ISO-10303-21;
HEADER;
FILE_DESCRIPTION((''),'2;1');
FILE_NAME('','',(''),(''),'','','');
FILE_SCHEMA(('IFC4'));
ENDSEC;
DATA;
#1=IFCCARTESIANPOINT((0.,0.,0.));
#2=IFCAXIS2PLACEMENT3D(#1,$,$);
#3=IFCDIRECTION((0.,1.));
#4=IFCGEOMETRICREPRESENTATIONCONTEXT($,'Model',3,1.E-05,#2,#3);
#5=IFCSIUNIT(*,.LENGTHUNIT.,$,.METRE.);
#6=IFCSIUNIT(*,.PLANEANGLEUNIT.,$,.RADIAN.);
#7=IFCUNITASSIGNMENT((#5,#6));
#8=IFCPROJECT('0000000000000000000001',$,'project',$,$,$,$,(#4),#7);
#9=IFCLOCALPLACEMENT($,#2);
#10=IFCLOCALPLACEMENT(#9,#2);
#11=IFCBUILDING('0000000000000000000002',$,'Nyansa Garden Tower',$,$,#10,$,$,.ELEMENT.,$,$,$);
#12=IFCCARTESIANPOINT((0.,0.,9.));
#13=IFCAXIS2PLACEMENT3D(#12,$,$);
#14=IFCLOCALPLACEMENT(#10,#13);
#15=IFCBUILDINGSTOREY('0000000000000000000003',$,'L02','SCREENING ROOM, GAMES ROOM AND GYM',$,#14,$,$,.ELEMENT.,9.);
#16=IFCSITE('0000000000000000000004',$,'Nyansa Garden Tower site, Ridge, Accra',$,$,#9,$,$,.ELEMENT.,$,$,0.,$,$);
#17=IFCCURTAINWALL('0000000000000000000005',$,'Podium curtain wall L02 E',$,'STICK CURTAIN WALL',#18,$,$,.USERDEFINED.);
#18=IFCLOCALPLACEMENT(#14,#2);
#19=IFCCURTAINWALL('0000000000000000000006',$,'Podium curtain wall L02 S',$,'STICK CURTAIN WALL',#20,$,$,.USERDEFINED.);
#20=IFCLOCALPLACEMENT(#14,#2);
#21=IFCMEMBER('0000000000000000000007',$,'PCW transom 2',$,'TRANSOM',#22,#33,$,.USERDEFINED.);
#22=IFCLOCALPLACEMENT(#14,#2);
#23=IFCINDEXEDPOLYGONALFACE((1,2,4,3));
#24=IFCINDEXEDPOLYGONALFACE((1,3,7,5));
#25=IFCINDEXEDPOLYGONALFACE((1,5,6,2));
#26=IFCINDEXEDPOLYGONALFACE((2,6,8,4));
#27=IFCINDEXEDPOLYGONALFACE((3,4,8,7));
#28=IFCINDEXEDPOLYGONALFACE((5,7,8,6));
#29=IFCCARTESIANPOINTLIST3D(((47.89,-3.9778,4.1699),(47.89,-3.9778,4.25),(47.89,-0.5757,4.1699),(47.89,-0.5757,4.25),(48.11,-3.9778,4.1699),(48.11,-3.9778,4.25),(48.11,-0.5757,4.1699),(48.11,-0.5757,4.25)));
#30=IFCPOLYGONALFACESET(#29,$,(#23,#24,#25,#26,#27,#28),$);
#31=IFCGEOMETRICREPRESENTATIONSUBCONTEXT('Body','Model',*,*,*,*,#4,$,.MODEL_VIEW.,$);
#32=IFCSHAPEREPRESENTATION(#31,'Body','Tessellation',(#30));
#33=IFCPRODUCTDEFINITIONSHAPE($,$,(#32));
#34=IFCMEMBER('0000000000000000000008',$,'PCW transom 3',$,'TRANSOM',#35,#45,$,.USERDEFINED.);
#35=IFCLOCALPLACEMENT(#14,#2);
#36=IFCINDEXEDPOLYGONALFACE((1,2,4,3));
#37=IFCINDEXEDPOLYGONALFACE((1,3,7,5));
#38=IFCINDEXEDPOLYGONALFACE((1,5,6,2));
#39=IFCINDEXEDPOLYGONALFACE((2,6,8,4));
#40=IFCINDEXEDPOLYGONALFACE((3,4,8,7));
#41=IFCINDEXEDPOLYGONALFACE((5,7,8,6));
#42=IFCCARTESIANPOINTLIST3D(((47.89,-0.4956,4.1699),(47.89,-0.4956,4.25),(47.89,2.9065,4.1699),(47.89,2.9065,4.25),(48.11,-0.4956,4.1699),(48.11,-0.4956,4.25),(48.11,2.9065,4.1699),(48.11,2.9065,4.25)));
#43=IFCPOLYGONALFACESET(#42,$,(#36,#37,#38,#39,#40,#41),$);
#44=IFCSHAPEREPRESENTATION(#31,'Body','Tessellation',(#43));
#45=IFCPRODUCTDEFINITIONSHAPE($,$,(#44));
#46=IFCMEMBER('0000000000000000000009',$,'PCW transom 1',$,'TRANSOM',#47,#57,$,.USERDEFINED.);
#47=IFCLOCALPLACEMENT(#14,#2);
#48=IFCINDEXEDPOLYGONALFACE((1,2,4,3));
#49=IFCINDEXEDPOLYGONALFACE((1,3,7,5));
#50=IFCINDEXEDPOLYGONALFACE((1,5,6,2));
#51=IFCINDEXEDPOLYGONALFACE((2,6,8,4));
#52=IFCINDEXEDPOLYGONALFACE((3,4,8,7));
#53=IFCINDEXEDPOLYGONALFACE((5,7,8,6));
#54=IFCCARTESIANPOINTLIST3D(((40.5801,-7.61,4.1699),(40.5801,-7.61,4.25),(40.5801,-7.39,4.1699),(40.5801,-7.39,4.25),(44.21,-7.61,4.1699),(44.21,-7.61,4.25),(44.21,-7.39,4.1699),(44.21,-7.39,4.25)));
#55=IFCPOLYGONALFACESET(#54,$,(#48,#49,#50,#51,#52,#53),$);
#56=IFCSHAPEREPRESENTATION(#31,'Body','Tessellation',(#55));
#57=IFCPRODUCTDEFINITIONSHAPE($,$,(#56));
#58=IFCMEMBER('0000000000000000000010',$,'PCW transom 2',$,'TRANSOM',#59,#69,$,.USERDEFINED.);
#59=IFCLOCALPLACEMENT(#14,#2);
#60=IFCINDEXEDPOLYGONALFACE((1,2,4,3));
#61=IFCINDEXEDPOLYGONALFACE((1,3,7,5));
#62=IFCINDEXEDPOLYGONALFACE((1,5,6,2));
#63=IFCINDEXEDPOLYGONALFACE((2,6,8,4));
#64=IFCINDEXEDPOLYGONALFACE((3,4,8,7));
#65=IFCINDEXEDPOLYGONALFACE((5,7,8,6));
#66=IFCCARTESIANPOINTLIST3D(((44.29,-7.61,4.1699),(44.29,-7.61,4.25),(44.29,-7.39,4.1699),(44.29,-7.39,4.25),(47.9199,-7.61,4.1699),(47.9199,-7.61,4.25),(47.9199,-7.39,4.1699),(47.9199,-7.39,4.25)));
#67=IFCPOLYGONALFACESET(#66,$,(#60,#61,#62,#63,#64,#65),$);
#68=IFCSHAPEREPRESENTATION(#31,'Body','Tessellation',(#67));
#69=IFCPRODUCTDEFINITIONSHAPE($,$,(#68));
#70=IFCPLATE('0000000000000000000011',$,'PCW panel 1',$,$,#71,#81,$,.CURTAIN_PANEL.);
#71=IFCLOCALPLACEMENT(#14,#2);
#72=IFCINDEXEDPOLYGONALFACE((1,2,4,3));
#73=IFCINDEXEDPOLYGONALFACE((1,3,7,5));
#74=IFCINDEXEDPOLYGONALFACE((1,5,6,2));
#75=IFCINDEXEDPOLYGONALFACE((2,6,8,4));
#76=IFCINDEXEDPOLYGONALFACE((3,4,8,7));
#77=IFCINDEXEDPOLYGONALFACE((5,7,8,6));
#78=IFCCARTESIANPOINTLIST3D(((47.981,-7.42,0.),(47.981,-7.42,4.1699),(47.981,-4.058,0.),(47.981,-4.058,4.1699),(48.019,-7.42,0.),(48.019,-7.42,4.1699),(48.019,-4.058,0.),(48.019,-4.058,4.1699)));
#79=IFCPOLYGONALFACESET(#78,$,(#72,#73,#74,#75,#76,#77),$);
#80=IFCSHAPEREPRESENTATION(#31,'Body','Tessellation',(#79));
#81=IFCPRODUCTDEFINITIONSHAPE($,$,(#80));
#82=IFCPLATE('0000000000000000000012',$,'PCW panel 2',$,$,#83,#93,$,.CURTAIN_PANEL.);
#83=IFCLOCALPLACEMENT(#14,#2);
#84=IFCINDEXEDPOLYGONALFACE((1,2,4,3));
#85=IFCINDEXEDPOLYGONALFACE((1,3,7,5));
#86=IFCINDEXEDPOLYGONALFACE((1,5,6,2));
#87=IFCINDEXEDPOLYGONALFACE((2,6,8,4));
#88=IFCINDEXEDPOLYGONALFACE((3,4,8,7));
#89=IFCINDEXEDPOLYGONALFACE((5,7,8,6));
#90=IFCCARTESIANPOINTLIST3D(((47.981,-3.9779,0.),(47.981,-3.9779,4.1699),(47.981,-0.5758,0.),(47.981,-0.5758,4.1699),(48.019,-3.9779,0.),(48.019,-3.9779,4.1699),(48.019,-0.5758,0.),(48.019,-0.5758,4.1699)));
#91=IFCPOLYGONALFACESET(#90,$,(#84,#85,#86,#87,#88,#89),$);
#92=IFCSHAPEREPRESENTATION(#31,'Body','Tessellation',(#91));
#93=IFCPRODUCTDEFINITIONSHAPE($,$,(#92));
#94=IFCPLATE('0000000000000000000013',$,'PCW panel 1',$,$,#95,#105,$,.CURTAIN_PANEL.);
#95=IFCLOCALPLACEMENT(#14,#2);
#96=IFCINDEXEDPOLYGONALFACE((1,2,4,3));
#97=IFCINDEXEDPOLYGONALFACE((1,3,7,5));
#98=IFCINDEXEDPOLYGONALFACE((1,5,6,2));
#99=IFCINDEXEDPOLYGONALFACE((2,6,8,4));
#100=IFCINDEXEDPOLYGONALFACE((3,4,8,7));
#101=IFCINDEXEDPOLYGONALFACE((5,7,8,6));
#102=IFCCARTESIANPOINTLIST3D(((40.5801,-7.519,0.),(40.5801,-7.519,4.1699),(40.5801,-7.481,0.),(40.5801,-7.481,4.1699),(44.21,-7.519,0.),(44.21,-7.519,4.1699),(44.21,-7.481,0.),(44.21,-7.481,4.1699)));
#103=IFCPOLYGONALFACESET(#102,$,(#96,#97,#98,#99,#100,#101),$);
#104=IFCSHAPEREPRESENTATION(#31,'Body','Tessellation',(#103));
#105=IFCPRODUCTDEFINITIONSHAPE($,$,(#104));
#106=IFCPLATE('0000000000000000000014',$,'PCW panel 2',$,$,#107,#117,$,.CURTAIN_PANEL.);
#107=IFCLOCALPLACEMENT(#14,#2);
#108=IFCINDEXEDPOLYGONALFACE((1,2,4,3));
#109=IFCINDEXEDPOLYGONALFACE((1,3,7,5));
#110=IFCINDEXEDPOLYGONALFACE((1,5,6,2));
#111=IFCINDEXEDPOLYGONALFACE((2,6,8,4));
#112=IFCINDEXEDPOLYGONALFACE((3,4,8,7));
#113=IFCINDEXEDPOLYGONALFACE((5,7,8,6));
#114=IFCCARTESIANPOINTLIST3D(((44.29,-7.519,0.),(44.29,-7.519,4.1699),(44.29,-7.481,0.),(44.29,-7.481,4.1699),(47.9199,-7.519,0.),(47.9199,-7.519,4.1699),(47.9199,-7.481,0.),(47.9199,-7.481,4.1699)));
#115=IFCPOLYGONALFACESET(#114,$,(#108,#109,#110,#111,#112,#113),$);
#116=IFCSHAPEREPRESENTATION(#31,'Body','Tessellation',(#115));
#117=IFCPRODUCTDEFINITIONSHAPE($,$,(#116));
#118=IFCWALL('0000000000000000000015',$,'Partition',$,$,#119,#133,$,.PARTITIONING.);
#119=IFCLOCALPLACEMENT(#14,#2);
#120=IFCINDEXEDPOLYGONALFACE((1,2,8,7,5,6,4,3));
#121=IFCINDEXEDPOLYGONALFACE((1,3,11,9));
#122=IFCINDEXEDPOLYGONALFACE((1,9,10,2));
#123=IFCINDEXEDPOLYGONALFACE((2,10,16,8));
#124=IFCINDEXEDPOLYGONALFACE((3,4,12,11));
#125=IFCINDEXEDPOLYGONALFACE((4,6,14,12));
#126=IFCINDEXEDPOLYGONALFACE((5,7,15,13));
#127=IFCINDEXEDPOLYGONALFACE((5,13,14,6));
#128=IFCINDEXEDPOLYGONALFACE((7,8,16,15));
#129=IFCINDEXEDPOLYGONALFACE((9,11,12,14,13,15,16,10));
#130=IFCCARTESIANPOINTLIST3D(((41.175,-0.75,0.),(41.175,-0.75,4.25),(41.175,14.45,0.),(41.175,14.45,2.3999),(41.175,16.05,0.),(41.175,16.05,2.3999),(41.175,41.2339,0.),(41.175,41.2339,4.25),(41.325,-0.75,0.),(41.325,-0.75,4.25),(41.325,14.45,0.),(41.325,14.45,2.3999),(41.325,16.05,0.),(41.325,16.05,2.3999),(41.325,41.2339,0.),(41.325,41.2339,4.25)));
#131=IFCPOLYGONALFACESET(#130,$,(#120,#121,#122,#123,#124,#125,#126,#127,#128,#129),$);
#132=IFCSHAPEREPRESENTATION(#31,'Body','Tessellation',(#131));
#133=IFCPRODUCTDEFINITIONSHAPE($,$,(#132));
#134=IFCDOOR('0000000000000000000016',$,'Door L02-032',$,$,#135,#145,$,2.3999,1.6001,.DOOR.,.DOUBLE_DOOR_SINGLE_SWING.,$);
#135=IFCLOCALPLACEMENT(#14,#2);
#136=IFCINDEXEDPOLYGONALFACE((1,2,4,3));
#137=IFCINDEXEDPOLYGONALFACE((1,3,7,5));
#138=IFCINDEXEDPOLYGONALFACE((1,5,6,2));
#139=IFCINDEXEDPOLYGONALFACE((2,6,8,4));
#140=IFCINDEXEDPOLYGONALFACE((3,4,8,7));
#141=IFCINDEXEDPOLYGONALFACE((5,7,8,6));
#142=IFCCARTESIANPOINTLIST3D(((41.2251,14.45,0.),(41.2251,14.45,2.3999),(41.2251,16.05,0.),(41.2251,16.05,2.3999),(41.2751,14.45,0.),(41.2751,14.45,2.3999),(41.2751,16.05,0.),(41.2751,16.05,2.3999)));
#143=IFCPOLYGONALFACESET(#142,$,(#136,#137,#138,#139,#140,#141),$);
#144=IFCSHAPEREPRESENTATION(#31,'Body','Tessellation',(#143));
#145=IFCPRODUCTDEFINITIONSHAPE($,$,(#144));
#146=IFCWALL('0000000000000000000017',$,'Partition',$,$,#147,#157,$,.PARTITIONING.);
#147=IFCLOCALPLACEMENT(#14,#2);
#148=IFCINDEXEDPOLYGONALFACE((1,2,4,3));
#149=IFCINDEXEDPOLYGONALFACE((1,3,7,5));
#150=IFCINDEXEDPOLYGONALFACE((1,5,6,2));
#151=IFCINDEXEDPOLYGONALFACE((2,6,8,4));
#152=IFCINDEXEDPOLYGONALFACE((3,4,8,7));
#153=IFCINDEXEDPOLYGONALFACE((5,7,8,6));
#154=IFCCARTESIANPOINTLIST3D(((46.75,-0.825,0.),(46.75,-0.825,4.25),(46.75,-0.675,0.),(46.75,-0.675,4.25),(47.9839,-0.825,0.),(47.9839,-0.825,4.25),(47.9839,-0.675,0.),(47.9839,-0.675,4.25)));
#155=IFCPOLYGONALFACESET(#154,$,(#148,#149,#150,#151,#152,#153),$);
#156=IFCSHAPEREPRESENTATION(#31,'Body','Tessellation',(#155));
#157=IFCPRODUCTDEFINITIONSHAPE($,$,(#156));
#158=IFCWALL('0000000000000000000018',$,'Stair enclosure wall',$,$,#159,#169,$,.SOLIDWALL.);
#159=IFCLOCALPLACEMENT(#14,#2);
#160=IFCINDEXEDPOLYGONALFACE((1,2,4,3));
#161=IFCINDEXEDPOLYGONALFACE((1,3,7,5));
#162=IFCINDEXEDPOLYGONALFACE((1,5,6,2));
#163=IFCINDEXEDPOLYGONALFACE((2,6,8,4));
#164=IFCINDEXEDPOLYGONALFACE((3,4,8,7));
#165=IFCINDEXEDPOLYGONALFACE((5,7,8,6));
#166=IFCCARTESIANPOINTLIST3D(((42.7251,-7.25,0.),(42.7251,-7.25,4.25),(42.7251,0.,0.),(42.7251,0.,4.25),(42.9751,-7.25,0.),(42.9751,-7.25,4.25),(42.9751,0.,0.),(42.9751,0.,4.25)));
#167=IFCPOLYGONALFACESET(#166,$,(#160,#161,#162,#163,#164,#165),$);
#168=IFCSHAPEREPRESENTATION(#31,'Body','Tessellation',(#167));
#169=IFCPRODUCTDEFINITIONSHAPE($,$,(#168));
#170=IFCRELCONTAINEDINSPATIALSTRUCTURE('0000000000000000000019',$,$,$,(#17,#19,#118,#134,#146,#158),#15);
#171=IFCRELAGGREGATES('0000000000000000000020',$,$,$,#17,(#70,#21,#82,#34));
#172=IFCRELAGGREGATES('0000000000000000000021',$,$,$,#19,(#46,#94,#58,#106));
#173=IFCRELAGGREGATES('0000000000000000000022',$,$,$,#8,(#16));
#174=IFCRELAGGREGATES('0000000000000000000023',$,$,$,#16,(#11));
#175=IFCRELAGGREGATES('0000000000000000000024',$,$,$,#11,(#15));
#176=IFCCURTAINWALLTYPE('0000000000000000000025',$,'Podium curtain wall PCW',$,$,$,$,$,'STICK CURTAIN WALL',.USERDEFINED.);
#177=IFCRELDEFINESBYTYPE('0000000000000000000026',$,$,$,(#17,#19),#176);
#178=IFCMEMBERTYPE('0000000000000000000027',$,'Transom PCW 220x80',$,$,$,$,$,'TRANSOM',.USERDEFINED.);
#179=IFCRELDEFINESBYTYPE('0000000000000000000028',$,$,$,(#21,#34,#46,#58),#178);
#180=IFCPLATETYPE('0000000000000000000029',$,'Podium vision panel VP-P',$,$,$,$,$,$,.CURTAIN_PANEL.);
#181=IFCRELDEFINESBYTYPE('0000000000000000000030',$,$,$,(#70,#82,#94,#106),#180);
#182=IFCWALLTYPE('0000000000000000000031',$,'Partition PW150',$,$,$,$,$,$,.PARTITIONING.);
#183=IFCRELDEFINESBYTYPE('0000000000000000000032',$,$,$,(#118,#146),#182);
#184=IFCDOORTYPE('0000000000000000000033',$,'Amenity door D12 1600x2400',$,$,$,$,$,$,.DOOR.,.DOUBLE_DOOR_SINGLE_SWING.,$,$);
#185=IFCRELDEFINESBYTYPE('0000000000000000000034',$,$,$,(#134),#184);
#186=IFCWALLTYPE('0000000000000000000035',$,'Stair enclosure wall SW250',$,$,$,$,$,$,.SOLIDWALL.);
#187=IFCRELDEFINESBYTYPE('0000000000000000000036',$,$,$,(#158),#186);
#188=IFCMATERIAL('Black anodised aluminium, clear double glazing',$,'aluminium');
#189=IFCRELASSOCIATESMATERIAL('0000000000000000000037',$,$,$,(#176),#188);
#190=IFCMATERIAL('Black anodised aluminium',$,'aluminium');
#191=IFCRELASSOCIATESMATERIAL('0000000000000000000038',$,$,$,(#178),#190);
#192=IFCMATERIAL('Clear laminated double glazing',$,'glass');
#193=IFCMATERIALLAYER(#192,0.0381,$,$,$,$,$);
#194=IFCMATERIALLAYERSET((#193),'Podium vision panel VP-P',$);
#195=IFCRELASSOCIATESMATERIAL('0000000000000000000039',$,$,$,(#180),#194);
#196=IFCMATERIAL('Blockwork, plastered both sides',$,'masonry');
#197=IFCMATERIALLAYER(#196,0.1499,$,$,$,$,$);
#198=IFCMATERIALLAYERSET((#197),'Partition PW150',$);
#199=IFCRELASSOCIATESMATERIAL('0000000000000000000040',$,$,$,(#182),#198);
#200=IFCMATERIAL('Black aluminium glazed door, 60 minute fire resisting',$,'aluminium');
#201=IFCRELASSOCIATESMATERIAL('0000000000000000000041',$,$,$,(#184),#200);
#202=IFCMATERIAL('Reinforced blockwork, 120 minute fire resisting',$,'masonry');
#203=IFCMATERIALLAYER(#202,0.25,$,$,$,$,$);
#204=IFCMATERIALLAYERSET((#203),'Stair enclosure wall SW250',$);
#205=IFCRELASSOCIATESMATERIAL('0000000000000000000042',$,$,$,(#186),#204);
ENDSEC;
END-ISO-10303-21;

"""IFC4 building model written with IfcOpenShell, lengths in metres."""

from ifc_helpers import new_model, si_unit, direction, frame, frame_2d, origin, origin_2d, place, context, subcontext, project, spatial, rectangle, extrude, material, layer, layer_set, material_profile, profile_set, type_object, element, fill, aggregate, save


model = new_model("IFC4")

# Units and contexts
model_context = context("Model", 3, precision=1e-05, world=origin(), true_north=direction((0.0, 1.0)))
body_context = subcontext(model_context, "Body", "Model", "MODEL_VIEW")
ifc_project = project(units=[si_unit("LENGTHUNIT", "METRE"), si_unit("PLANEANGLEUNIT", "RADIAN")], contexts=[model_context])

# Site, building, storey
site_placement = place(None, origin())
site = spatial("IfcSite", under=ifc_project, at=site_placement, Name="Nyansa Garden Tower site, Ridge, Accra", CompositionType="ELEMENT", RefElevation=0.0)
building_placement = place(site_placement, origin())
building = spatial("IfcBuilding", under=site, at=building_placement, Name="Nyansa Garden Tower", CompositionType="ELEMENT")
storey_placement = place(building_placement, frame((0.0, 0.0, 9.0)))
storey = spatial("IfcBuildingStorey", under=building, at=storey_placement, Name="L02", Description="SCREENING ROOM, GAMES ROOM AND GYM", CompositionType="ELEMENT", Elevation=9.0)

# Curtain walls
ifc_material_1 = material(Name="Black anodised aluminium, clear double glazing", Category="aluminium")
curtain_wall_type = type_object("IfcCurtainWallType", Name="Podium curtain wall PCW", ElementType="STICK CURTAIN WALL", PredefinedType="USERDEFINED", material=ifc_material_1)
curtain_wall_1_placement = place(storey_placement, origin())
curtain_wall_1 = element("IfcCurtainWall", 1, at=curtain_wall_1_placement, inside=storey, type_object=curtain_wall_type, Name="Podium curtain wall L02 E", ObjectType="STICK CURTAIN WALL", PredefinedType="USERDEFINED")
curtain_wall_2_placement = place(storey_placement, origin())
curtain_wall_2 = element("IfcCurtainWall", 2, at=curtain_wall_2_placement, inside=storey, type_object=curtain_wall_type, Name="Podium curtain wall L02 S", ObjectType="STICK CURTAIN WALL", PredefinedType="USERDEFINED")

# Members
ifc_material_2 = material(Name="Black anodised aluminium", Category="aluminium")
ifc_material_profile_1 = material_profile(ifc_material_2, rectangle(XDim=0.22, YDim=0.0801, at=origin_2d()), Name="Transom 220x80")
ifc_profile_set_1 = profile_set([ifc_material_profile_1], Name="Black anodised aluminium")
member_type_1 = type_object("IfcMemberType", Name="Transom PCW 220x80", ElementType="TRANSOM", PredefinedType="USERDEFINED", material=ifc_profile_set_1)
member_1_placement = place(storey_placement, frame((48.0, -3.9778, 4.21), z_axis=(0.0, 1.0, 0.0), x_axis=(-1.0, 0.0, 0.0)))
member_1 = element("IfcMember", 3, at=member_1_placement, type_object=member_type_1, Name="PCW transom 2", ObjectType="TRANSOM", PredefinedType="USERDEFINED", context=body_context, shape_type="SweptSolid", body=[
    extrude(rectangle(XDim=0.22, YDim=0.0801, at=origin_2d()), origin(), (0.0, 0.0, 1.0), 3.4021),
])
member_2_placement = place(storey_placement, frame((48.0, -0.4956, 4.21), z_axis=(0.0, 1.0, 0.0), x_axis=(-1.0, 0.0, 0.0)))
member_2 = element("IfcMember", 4, at=member_2_placement, type_object=member_type_1, Name="PCW transom 3", ObjectType="TRANSOM", PredefinedType="USERDEFINED", context=body_context, shape_type="SweptSolid", body=[
    extrude(rectangle(XDim=0.22, YDim=0.0801, at=origin_2d()), origin(), (0.0, 0.0, 1.0), 3.4021),
])
member_3_placement = place(storey_placement, frame((40.5801, -7.5, 4.21), z_axis=(1.0, 0.0, 0.0), x_axis=(0.0, 1.0, 0.0)))
member_3 = element("IfcMember", 5, at=member_3_placement, type_object=member_type_1, Name="PCW transom 1", ObjectType="TRANSOM", PredefinedType="USERDEFINED", context=body_context, shape_type="SweptSolid", body=[
    extrude(rectangle(XDim=0.22, YDim=0.0801, at=origin_2d()), origin(), (0.0, 0.0, 1.0), 3.6299),
])
member_4_placement = place(storey_placement, frame((44.29, -7.5, 4.21), z_axis=(1.0, 0.0, 0.0), x_axis=(0.0, 1.0, 0.0)))
member_4 = element("IfcMember", 6, at=member_4_placement, type_object=member_type_1, Name="PCW transom 2", ObjectType="TRANSOM", PredefinedType="USERDEFINED", context=body_context, shape_type="SweptSolid", body=[
    extrude(rectangle(XDim=0.22, YDim=0.0801, at=origin_2d()), origin(), (0.0, 0.0, 1.0), 3.6299),
])

# Plates
ifc_material_3 = material(Name="Clear laminated double glazing", Category="glass")
ifc_layer_1 = layer(ifc_material_3, 0.0381)
ifc_layer_set_1 = layer_set([ifc_layer_1], Name="Podium vision panel VP-P")
plate_type = type_object("IfcPlateType", Name="Podium vision panel VP-P", PredefinedType="CURTAIN_PANEL", material=ifc_layer_set_1)
plate_1_placement = place(storey_placement, frame((48.0, -5.739, 0.0), z_axis=(0.0, 0.0, 1.0), x_axis=(0.0, 1.0, 0.0)))
plate_1 = element("IfcPlate", 7, at=plate_1_placement, type_object=plate_type, Name="PCW panel 1", PredefinedType="CURTAIN_PANEL", context=body_context, shape_type="SweptSolid", body=[
    extrude(rectangle(XDim=3.3621, YDim=0.0381, at=origin_2d()), origin(), (0.0, 0.0, 1.0), 4.1699),
])
plate_2_placement = place(storey_placement, frame((48.0, -2.2769, 0.0), z_axis=(0.0, 0.0, 1.0), x_axis=(0.0, 1.0, 0.0)))
plate_2 = element("IfcPlate", 8, at=plate_2_placement, type_object=plate_type, Name="PCW panel 2", PredefinedType="CURTAIN_PANEL", context=body_context, shape_type="SweptSolid", body=[
    extrude(rectangle(XDim=3.4021, YDim=0.0381, at=origin_2d()), origin(), (0.0, 0.0, 1.0), 4.1699),
])
aggregate(curtain_wall_1, [plate_1, member_1, plate_2, member_2])
plate_3_placement = place(storey_placement, frame((42.395, -7.5, 0.0), z_axis=(0.0, 0.0, 1.0), x_axis=(1.0, 0.0, 0.0)))
plate_3 = element("IfcPlate", 9, at=plate_3_placement, type_object=plate_type, Name="PCW panel 1", PredefinedType="CURTAIN_PANEL", context=body_context, shape_type="SweptSolid", body=[
    extrude(rectangle(XDim=3.6299, YDim=0.0381, at=origin_2d()), origin(), (0.0, 0.0, 1.0), 4.1699),
])
plate_4_placement = place(storey_placement, frame((46.105, -7.5, 0.0), z_axis=(0.0, 0.0, 1.0), x_axis=(1.0, 0.0, 0.0)))
plate_4 = element("IfcPlate", 10, at=plate_4_placement, type_object=plate_type, Name="PCW panel 2", PredefinedType="CURTAIN_PANEL", context=body_context, shape_type="SweptSolid", body=[
    extrude(rectangle(XDim=3.6299, YDim=0.0381, at=origin_2d()), origin(), (0.0, 0.0, 1.0), 4.1699),
])
aggregate(curtain_wall_2, [member_3, plate_3, member_4, plate_4])

# Wall, opening, door
ifc_material_4 = material(Name="Blockwork, plastered both sides", Category="masonry")
ifc_layer_2 = layer(ifc_material_4, 0.1499)
ifc_layer_set_2 = layer_set([ifc_layer_2], Name="Partition PW150")
wall_type_1 = type_object("IfcWallType", Name="Partition PW150", PredefinedType="PARTITIONING", material=ifc_layer_set_2)
wall_1_placement = place(storey_placement, frame((41.25, -0.75, 0.0), z_axis=(0.0, 0.0, 1.0), x_axis=(0.0, 1.0, 0.0)))
wall_1 = element("IfcWall", 11, at=wall_1_placement, inside=storey, type_object=wall_type_1, Name="Partition", PredefinedType="PARTITIONING", context=body_context, shape_type="SweptSolid", body=[
    extrude(rectangle(XDim=41.9839, YDim=0.1499, at=frame_2d((20.9919, 0.0))), origin(), (0.0, 0.0, 1.0), 4.25),
])
opening_1_placement = place(wall_1_placement, frame((15.2, 0.0, 0.0)))
opening_1 = element("IfcOpeningElement", 12, at=opening_1_placement, cuts=wall_1, PredefinedType="OPENING", context=body_context, shape_type="SweptSolid", body=[
    extrude(rectangle(XDim=1.6001, YDim=2.3999, at=frame_2d((0.8, 1.2))), frame((0.0, 0.085, 0.0), z_axis=(0.0, -1.0, 0.0), x_axis=(1.0, 0.0, 0.0)), (0.0, 0.0, 1.0), 0.1699),
])
ifc_material_5 = material(Name="Black aluminium glazed door, 60 minute fire resisting", Category="aluminium")
door_type_1 = type_object("IfcDoorType", Name="Amenity door D12 1600x2400", OperationType="DOUBLE_DOOR_SINGLE_SWING", PredefinedType="DOOR", material=ifc_material_5)
door_1_placement = place(opening_1_placement, origin())
door_1 = element("IfcDoor", 13, at=door_1_placement, inside=storey, type_object=door_type_1, Name="Door L02-032", OperationType="DOUBLE_DOOR_SINGLE_SWING", OverallHeight=2.3999, OverallWidth=1.6001, PredefinedType="DOOR", context=body_context, shape_type="SweptSolid", body=[
    extrude(rectangle(XDim=1.6001, YDim=2.3999, at=frame_2d((0.8, 1.2))), frame((0.0, 0.0249, 0.0), z_axis=(0.0, -1.0, 0.0), x_axis=(1.0, 0.0, 0.0)), (0.0, 0.0, 1.0), 0.05),
])
fill(opening_1, door_1)

# Walls
wall_2_placement = place(storey_placement, frame((46.75, -0.75, 0.0), z_axis=(0.0, 0.0, 1.0), x_axis=(1.0, 0.0, 0.0)))
element("IfcWall", 14, at=wall_2_placement, inside=storey, type_object=wall_type_1, Name="Partition", PredefinedType="PARTITIONING", context=body_context, shape_type="SweptSolid", body=[
    extrude(rectangle(XDim=1.2339, YDim=0.1499, at=frame_2d((0.6169, 0.0))), origin(), (0.0, 0.0, 1.0), 4.25),
])
ifc_material_6 = material(Name="Reinforced blockwork, 120 minute fire resisting", Category="masonry")
ifc_layer_3 = layer(ifc_material_6, 0.25)
ifc_layer_set_3 = layer_set([ifc_layer_3], Name="Stair enclosure wall SW250")
wall_type_2 = type_object("IfcWallType", Name="Stair enclosure wall SW250", PredefinedType="SOLIDWALL", material=ifc_layer_set_3)
wall_3_placement = place(storey_placement, frame((42.8501, -7.25, 0.0), z_axis=(0.0, 0.0, 1.0), x_axis=(0.0, 1.0, 0.0)))
element("IfcWall", 15, at=wall_3_placement, inside=storey, type_object=wall_type_2, Name="Stair enclosure wall", PredefinedType="SOLIDWALL", context=body_context, shape_type="SweptSolid", body=[
    extrude(rectangle(XDim=7.25, YDim=0.25, at=frame_2d((3.625, 0.0))), origin(), (0.0, 0.0, 1.0), 4.25),
])

save(model, "model.ifc")
